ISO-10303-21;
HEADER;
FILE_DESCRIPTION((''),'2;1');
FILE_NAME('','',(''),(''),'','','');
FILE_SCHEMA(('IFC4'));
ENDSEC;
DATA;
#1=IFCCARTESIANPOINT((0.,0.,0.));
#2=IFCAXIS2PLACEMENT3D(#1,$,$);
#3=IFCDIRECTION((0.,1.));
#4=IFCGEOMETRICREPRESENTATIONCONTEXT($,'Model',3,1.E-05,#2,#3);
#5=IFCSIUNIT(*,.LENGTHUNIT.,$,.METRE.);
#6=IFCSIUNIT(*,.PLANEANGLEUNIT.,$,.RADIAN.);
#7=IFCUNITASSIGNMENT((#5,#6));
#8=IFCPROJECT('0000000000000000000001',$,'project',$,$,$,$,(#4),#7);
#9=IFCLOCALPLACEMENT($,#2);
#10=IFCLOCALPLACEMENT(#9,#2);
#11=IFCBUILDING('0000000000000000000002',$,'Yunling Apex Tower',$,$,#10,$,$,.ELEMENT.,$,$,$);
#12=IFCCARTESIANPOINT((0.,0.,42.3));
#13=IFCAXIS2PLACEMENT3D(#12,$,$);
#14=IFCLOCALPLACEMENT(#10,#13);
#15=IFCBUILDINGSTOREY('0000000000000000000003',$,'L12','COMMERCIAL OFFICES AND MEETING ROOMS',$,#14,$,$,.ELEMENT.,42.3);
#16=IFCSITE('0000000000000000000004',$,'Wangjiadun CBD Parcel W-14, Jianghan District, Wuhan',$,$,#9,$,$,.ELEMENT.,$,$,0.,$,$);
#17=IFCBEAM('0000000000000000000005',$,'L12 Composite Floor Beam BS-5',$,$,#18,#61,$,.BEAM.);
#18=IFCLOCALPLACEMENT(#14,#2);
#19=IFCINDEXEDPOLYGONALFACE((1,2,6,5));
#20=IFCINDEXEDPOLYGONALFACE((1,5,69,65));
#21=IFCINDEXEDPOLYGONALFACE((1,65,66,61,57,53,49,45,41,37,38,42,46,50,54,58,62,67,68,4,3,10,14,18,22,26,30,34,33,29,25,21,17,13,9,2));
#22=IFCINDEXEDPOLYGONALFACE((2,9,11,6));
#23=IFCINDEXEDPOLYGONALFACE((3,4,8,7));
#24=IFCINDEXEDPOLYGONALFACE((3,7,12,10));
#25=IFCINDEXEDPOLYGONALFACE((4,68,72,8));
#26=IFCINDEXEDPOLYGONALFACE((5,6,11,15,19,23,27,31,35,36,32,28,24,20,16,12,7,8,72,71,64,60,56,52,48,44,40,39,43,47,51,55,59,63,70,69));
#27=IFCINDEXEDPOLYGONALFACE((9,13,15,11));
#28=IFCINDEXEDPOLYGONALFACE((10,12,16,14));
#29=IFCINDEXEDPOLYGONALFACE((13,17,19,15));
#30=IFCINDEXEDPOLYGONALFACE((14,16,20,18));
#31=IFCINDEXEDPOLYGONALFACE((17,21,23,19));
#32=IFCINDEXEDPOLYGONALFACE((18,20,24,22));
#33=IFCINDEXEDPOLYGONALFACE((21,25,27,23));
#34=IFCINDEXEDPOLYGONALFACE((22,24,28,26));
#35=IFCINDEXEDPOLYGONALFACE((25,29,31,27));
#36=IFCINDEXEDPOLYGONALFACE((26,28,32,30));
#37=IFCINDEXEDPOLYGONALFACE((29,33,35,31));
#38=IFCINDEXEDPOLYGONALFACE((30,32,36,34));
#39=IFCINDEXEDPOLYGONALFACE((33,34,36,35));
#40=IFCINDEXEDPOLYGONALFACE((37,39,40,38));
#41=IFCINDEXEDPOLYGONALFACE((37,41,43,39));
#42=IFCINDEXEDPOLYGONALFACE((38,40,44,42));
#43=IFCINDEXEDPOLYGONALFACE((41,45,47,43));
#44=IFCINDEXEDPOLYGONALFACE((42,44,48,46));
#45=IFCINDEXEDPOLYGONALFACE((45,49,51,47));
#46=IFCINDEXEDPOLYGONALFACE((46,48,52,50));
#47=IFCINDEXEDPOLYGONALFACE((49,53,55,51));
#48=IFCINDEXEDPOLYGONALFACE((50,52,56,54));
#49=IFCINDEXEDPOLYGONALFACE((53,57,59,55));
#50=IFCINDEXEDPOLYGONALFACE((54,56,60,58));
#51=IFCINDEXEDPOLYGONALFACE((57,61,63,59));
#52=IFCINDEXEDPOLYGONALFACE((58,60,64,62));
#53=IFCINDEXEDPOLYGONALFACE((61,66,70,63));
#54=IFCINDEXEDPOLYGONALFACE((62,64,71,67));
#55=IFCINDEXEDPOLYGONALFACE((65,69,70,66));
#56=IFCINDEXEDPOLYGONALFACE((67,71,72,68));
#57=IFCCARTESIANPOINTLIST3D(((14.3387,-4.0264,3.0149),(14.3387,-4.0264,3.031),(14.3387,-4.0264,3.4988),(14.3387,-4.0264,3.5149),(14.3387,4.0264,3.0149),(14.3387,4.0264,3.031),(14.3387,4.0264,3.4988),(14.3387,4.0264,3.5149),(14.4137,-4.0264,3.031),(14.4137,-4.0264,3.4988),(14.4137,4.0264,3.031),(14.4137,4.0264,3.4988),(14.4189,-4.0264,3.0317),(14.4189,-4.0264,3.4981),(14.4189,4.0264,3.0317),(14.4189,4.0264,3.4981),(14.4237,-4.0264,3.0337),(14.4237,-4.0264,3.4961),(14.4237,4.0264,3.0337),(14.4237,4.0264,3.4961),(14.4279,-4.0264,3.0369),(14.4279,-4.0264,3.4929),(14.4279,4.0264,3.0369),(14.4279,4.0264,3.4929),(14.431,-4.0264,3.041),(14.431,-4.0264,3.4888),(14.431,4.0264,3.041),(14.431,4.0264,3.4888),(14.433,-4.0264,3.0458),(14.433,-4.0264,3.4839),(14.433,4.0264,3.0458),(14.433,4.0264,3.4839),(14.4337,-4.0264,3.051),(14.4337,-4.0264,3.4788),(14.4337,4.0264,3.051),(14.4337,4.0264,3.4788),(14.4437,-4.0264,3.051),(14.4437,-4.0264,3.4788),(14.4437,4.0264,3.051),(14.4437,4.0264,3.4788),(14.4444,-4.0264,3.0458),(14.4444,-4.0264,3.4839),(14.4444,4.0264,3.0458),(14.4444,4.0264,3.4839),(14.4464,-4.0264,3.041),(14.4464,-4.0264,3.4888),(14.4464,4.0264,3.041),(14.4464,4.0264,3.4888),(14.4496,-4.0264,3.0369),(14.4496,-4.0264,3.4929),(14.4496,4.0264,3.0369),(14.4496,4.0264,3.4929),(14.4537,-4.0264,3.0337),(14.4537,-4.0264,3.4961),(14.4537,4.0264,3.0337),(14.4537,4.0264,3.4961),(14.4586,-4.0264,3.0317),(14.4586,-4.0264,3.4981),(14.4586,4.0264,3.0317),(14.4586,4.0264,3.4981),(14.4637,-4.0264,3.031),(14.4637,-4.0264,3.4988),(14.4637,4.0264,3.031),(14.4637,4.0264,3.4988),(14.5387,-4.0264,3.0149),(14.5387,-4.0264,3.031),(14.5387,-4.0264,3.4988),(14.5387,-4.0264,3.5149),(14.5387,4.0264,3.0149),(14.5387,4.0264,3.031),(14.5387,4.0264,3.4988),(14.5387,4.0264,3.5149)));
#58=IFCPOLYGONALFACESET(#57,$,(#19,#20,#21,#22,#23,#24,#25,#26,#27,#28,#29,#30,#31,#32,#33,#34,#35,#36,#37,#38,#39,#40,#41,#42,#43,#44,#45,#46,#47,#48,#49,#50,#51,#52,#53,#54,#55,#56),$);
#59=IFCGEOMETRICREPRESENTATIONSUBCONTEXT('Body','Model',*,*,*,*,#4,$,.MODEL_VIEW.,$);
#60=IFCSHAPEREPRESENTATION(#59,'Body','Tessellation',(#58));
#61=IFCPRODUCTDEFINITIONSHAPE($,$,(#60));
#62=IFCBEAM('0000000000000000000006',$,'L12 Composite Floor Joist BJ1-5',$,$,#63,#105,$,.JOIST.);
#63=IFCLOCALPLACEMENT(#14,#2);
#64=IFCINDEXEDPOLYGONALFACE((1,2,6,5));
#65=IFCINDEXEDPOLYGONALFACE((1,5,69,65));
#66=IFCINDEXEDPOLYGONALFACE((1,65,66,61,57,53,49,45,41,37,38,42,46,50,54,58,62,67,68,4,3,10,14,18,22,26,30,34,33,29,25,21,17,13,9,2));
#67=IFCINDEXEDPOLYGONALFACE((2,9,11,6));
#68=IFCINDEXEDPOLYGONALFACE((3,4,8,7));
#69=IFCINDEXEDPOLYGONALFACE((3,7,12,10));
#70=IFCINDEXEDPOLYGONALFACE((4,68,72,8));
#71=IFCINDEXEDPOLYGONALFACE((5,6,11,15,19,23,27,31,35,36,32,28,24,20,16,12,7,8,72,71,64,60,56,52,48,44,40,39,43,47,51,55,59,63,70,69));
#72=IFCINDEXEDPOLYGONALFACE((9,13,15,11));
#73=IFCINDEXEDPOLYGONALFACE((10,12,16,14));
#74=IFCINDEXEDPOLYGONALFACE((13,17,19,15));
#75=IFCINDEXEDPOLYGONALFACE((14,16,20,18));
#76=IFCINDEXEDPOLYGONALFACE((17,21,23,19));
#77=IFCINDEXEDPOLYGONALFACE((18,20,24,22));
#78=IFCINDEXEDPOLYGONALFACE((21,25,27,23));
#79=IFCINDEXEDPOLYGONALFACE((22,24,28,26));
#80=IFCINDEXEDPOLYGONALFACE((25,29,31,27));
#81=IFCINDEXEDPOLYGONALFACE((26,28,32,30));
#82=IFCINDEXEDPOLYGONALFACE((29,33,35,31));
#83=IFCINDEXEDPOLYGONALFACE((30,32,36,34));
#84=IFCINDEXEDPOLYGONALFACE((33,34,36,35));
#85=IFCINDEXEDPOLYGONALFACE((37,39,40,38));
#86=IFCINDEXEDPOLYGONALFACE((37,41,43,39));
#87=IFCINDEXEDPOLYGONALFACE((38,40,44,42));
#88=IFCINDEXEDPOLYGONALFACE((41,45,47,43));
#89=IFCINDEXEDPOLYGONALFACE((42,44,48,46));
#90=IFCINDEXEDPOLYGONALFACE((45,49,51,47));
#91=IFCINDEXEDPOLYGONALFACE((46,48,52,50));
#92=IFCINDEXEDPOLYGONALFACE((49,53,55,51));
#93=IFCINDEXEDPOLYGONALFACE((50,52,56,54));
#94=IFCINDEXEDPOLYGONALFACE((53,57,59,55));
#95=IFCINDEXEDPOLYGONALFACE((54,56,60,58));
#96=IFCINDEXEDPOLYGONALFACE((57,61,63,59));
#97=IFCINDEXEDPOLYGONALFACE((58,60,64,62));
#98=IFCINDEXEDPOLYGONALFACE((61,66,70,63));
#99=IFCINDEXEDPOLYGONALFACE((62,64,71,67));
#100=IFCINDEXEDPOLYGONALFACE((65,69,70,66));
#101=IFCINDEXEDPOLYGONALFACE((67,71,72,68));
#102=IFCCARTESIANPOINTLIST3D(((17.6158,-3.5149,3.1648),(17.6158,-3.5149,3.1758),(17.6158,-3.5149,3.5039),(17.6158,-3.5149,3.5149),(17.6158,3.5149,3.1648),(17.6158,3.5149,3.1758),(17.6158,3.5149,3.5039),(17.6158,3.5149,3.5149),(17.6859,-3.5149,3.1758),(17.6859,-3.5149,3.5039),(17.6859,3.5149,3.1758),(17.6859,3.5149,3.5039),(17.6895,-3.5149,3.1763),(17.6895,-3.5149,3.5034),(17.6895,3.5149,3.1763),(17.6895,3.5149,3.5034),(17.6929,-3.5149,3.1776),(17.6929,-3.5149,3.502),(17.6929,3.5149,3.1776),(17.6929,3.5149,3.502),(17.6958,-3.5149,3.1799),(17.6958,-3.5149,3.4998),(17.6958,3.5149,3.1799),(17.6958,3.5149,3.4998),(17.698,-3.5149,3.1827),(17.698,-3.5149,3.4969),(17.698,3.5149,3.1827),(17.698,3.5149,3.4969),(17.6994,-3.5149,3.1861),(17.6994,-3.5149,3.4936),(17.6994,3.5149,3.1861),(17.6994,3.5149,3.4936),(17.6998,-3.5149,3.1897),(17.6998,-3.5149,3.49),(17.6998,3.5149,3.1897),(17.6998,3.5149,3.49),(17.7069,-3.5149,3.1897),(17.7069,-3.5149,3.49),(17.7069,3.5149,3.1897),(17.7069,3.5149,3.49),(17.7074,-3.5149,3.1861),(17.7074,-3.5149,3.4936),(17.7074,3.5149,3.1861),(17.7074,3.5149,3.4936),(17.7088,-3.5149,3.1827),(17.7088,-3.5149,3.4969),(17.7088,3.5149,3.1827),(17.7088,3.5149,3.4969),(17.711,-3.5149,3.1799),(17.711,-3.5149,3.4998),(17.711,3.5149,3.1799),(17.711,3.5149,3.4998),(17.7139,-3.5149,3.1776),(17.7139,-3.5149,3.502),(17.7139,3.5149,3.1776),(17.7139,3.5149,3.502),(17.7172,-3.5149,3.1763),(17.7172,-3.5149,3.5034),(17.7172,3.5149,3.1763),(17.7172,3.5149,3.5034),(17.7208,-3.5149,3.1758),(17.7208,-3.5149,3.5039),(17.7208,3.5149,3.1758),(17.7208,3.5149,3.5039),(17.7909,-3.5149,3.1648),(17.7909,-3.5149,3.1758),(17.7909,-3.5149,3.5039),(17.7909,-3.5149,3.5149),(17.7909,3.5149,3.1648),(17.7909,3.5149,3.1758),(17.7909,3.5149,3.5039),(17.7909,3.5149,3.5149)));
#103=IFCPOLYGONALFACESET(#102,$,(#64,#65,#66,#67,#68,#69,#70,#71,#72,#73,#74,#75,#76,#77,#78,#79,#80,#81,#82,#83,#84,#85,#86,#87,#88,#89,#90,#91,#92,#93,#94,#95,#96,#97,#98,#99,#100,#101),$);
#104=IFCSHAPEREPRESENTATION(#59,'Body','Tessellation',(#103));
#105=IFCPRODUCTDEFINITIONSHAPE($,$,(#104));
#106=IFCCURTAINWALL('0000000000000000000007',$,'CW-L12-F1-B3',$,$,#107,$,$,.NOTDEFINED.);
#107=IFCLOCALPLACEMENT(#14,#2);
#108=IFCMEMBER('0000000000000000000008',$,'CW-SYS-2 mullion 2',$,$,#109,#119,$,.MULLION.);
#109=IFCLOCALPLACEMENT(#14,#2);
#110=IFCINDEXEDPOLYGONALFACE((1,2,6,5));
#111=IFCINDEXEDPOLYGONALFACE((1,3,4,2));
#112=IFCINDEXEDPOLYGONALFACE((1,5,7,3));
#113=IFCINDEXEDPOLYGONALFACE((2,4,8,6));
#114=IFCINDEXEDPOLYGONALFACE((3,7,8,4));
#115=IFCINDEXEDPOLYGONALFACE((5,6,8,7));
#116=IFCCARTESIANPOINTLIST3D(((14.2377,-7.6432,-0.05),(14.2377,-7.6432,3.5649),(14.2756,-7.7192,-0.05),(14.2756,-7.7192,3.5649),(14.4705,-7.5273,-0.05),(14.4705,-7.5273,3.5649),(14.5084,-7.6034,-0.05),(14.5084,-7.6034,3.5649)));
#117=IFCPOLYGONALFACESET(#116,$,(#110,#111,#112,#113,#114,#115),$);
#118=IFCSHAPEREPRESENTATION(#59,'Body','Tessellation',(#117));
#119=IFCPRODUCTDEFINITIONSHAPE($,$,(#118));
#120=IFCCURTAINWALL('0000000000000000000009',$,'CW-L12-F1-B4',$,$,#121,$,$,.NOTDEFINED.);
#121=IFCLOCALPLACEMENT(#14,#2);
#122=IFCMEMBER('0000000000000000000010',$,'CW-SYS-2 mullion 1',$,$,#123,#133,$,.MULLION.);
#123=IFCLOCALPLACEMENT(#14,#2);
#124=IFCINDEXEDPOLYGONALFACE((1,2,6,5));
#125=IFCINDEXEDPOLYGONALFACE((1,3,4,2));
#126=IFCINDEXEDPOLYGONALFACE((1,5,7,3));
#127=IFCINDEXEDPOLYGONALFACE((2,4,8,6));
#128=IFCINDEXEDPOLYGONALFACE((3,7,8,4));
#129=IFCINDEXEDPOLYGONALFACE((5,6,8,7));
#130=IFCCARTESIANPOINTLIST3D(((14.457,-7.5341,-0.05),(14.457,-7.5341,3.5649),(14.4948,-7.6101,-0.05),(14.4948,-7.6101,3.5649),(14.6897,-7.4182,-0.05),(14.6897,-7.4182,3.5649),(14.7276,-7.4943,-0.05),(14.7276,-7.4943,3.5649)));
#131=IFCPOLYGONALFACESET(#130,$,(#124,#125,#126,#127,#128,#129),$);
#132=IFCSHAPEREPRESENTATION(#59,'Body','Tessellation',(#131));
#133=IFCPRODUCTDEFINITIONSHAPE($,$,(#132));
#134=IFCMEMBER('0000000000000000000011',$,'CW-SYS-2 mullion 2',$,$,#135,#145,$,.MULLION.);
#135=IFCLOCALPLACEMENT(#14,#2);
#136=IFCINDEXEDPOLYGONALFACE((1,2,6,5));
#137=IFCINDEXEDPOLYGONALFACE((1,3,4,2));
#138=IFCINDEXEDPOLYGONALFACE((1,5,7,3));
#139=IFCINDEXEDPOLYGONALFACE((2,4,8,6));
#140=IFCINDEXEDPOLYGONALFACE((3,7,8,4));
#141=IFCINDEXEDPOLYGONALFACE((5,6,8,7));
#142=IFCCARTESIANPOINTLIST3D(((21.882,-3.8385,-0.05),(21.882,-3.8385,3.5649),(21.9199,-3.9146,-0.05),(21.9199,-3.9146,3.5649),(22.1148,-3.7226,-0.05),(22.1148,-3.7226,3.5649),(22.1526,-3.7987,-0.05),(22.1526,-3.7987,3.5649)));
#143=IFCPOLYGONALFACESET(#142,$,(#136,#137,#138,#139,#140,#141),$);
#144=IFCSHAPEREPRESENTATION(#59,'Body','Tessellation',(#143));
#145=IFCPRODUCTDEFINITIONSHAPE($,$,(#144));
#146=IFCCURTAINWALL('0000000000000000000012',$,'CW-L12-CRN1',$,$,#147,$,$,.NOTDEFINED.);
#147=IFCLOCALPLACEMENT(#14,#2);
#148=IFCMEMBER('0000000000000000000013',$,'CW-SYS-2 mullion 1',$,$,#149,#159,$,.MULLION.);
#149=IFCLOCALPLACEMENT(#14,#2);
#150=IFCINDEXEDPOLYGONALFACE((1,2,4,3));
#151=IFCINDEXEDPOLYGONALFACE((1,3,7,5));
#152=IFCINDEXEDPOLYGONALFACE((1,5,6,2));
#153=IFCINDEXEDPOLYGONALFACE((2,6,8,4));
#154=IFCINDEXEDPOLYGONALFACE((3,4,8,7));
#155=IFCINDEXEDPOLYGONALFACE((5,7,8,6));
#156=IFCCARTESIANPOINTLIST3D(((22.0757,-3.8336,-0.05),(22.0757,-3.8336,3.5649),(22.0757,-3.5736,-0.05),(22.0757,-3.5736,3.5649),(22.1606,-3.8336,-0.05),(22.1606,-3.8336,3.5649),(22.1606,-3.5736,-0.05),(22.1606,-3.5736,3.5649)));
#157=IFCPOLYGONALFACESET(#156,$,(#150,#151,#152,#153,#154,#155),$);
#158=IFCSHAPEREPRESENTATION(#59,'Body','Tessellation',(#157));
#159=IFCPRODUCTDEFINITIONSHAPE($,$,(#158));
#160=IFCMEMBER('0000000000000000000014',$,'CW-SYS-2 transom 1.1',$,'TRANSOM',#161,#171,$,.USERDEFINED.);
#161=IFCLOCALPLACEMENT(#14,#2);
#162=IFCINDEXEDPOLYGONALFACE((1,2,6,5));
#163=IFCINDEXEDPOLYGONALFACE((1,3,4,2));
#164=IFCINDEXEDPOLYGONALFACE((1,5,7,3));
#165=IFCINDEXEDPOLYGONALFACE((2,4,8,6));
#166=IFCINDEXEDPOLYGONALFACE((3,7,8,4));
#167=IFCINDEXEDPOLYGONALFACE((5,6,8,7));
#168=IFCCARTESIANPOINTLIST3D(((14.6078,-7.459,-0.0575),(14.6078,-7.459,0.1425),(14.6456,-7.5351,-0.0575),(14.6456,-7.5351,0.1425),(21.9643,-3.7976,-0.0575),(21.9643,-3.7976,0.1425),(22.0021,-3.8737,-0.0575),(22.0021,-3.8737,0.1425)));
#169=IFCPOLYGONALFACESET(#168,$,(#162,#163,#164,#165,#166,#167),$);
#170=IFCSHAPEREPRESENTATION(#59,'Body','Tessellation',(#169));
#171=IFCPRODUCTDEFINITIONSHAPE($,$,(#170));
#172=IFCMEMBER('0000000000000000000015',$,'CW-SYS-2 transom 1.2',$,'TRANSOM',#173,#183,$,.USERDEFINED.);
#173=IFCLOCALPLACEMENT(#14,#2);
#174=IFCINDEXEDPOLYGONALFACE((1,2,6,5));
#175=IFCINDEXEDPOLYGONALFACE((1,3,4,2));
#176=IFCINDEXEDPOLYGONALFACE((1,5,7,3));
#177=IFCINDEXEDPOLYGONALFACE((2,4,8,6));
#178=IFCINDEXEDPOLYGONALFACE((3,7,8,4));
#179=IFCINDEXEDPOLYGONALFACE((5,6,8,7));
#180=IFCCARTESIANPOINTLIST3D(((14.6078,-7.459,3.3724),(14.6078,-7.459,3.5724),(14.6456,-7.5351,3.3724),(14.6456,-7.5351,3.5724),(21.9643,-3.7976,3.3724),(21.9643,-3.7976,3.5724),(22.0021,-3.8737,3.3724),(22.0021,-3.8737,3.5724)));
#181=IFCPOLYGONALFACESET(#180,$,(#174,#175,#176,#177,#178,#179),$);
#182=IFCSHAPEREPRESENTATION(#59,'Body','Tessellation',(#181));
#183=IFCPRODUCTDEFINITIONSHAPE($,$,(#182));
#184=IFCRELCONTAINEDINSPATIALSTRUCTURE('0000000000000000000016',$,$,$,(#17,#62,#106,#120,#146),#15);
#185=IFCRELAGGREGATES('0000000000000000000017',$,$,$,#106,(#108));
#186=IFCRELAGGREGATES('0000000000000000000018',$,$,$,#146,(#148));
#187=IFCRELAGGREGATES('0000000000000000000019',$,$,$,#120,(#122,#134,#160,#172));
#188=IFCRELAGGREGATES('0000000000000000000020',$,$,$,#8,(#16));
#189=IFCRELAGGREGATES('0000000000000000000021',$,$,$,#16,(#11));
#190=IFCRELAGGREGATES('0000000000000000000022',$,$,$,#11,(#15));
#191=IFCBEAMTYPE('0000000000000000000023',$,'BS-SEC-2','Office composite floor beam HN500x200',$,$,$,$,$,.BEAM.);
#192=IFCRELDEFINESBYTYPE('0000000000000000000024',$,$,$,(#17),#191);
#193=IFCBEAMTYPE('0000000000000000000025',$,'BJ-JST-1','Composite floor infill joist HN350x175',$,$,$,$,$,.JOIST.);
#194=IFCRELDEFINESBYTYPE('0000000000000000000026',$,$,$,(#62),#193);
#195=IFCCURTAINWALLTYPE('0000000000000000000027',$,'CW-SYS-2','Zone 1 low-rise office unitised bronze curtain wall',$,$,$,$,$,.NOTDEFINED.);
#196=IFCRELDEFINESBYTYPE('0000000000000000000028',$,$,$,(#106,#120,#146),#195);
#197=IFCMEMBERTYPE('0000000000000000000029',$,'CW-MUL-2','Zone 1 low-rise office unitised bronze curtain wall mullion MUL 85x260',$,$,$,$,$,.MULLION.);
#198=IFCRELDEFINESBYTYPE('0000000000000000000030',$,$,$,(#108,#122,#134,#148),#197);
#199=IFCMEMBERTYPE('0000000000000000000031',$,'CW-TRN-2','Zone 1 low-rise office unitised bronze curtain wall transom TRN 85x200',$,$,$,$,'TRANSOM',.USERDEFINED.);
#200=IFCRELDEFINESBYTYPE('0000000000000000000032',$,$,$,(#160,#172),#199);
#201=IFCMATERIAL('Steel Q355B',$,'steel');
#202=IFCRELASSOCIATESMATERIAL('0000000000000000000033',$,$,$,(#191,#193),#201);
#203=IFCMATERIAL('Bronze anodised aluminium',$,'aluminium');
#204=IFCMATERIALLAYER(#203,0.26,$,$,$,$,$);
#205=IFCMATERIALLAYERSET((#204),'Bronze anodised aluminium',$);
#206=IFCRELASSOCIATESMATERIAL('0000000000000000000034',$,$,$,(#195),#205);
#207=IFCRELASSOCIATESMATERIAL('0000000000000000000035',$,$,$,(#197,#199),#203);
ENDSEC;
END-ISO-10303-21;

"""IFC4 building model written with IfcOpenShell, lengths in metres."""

from ifc_helpers import new_model, si_unit, direction, frame, origin, origin_2d, place, context, subcontext, project, spatial, rectangle, i_section, extrude, source, transform, mapped, material, layer, layer_set, material_profile, profile_set, type_object, element, aggregate, save


model = new_model("IFC4")

# Units and contexts
model_context = context("Model", 3, precision=1e-05, world=origin(), true_north=direction((0.0, 1.0)))
body_context = subcontext(model_context, "Body", "Model", "MODEL_VIEW")
ifc_project = project(units=[si_unit("LENGTHUNIT", "METRE"), si_unit("PLANEANGLEUNIT", "RADIAN")], contexts=[model_context])

# Site, building, storey
site_placement = place(None, origin())
site = spatial("IfcSite", under=ifc_project, at=site_placement, Name="Wangjiadun CBD Parcel W-14, Jianghan District, Wuhan", CompositionType="ELEMENT", RefElevation=0.0)
building_placement = place(site_placement, origin())
building = spatial("IfcBuilding", under=site, at=building_placement, Name="Yunling Apex Tower", CompositionType="ELEMENT")
storey_placement = place(building_placement, frame((0.0, 0.0, 42.3)))
storey = spatial("IfcBuildingStorey", under=building, at=storey_placement, Name="L12", Description="COMMERCIAL OFFICES AND MEETING ROOMS", CompositionType="ELEMENT", Elevation=42.3)

# Beams
ifc_material_1 = material(Name="Steel Q355B", Category="steel")
ifc_material_profile_1 = material_profile(ifc_material_1, i_section(OverallWidth=0.2, OverallDepth=0.5, WebThickness=0.01, FlangeThickness=0.0161, FilletRadius=0.02, at=origin_2d()))
ifc_profile_set_1 = profile_set([ifc_material_profile_1], Name="Steel Q355B")
beam_type_1 = type_object("IfcBeamType", Name="BS-SEC-2", Description="Office composite floor beam HN500x200", PredefinedType="BEAM", material=ifc_profile_set_1)
shared_shape_1 = source(origin(), body_context, "Body", "SweptSolid", [
    extrude(i_section(OverallWidth=0.2, OverallDepth=0.5, WebThickness=0.01, FlangeThickness=0.0161, FilletRadius=0.02, at=origin_2d()), origin(), (0.0, 0.0, 1.0), 8.0527),
])
beam_1_placement = place(storey_placement, frame((14.4387, -4.0264, 3.2649), z_axis=(0.0, 1.0, 0.0), x_axis=(-1.0, 0.0, 0.0)))
element("IfcBeam", 1, at=beam_1_placement, inside=storey, type_object=beam_type_1, Name="L12 Composite Floor Beam BS-5", PredefinedType="BEAM", context=body_context, shape_type="MappedRepresentation", body=[
    mapped(shared_shape_1, transform((0.0, 0.0, 0.0), scale=1.0)),
])
ifc_material_profile_2 = material_profile(ifc_material_1, i_section(OverallWidth=0.175, OverallDepth=0.3501, WebThickness=0.0071, FlangeThickness=0.011, FilletRadius=0.0139, at=origin_2d()))
ifc_profile_set_2 = profile_set([ifc_material_profile_2], Name="Steel Q355B")
beam_type_2 = type_object("IfcBeamType", Name="BJ-JST-1", Description="Composite floor infill joist HN350x175", PredefinedType="JOIST", material=ifc_profile_set_2)
shared_shape_2 = source(origin(), body_context, "Body", "SweptSolid", [
    extrude(i_section(OverallWidth=0.175, OverallDepth=0.3501, WebThickness=0.0071, FlangeThickness=0.011, FilletRadius=0.0139, at=origin_2d()), origin(), (0.0, 0.0, 1.0), 7.0298),
])
beam_2_placement = place(storey_placement, frame((17.7034, -3.5149, 3.3398), z_axis=(0.0, 1.0, 0.0), x_axis=(-1.0, 0.0, 0.0)))
element("IfcBeam", 2, at=beam_2_placement, inside=storey, type_object=beam_type_2, Name="L12 Composite Floor Joist BJ1-5", PredefinedType="JOIST", context=body_context, shape_type="MappedRepresentation", body=[
    mapped(shared_shape_2, transform((0.0, 0.0, 0.0), scale=1.0)),
])

# Curtain wall, member
ifc_material_2 = material(Name="Bronze anodised aluminium", Category="aluminium")
ifc_layer_1 = layer(ifc_material_2, 0.26)
ifc_layer_set_1 = layer_set([ifc_layer_1], Name="Bronze anodised aluminium")
curtain_wall_type = type_object("IfcCurtainWallType", Name="CW-SYS-2", Description="Zone 1 low-rise office unitised bronze curtain wall", PredefinedType="NOTDEFINED", material=ifc_layer_set_1)
curtain_wall_1_placement = place(storey_placement, origin())
curtain_wall_1 = element("IfcCurtainWall", 3, at=curtain_wall_1_placement, inside=storey, type_object=curtain_wall_type, Name="CW-L12-F1-B3", PredefinedType="NOTDEFINED")
ifc_material_profile_3 = material_profile(ifc_material_2, rectangle(XDim=0.085, YDim=0.26, at=origin_2d()))
ifc_profile_set_3 = profile_set([ifc_material_profile_3], Name="Bronze anodised aluminium")
member_type_1 = type_object("IfcMemberType", Name="CW-MUL-2", Description="Zone 1 low-rise office unitised bronze curtain wall mullion MUL 85x260", PredefinedType="MULLION", material=ifc_profile_set_3)
shared_shape_3 = source(origin(), body_context, "Body", "SweptSolid", [
    extrude(rectangle(XDim=0.085, YDim=0.26, at=origin_2d()), origin(), (0.0, 0.0, 1.0), 3.615),
])
member_1_placement = place(storey_placement, frame((14.373, -7.6233, -0.05), z_axis=(0.0, 0.0, 1.0), x_axis=(-0.445571, 0.895247, 0.0)))
member_1 = element("IfcMember", 4, at=member_1_placement, type_object=member_type_1, Name="CW-SYS-2 mullion 2", PredefinedType="MULLION", context=body_context, shape_type="MappedRepresentation", body=[
    mapped(shared_shape_3, transform((0.0, 0.0, 0.0), scale=1.0)),
])
aggregate(curtain_wall_1, [member_1])

# Curtain wall, members
curtain_wall_2_placement = place(storey_placement, origin())
curtain_wall_2 = element("IfcCurtainWall", 5, at=curtain_wall_2_placement, inside=storey, type_object=curtain_wall_type, Name="CW-L12-F1-B4", PredefinedType="NOTDEFINED")
member_2_placement = place(storey_placement, frame((14.5923, -7.5142, -0.05), z_axis=(0.0, 0.0, 1.0), x_axis=(-0.44558, 0.895242, 0.0)))
member_2 = element("IfcMember", 6, at=member_2_placement, type_object=member_type_1, Name="CW-SYS-2 mullion 1", PredefinedType="MULLION", context=body_context, shape_type="MappedRepresentation", body=[
    mapped(shared_shape_3, transform((0.0, 0.0, 0.0), scale=1.0)),
])
member_3_placement = place(storey_placement, frame((22.0173, -3.8186, -0.05), z_axis=(0.0, 0.0, 1.0), x_axis=(-0.44558, 0.895242, 0.0)))
member_3 = element("IfcMember", 7, at=member_3_placement, type_object=member_type_1, Name="CW-SYS-2 mullion 2", PredefinedType="MULLION", context=body_context, shape_type="MappedRepresentation", body=[
    mapped(shared_shape_3, transform((0.0, 0.0, 0.0), scale=1.0)),
])

# Curtain wall, member
curtain_wall_3_placement = place(storey_placement, origin())
curtain_wall_3 = element("IfcCurtainWall", 8, at=curtain_wall_3_placement, inside=storey, type_object=curtain_wall_type, Name="CW-L12-CRN1", PredefinedType="NOTDEFINED")
member_4_placement = place(storey_placement, frame((22.1182, -3.7036, -0.05), z_axis=(0.0, 0.0, 1.0), x_axis=(-1.0, 0.0, 0.0)))
member_4 = element("IfcMember", 9, at=member_4_placement, type_object=member_type_1, Name="CW-SYS-2 mullion 1", PredefinedType="MULLION", context=body_context, shape_type="MappedRepresentation", body=[
    mapped(shared_shape_3, transform((0.0, 0.0, 0.0), scale=1.0)),
])

# Members
ifc_material_profile_4 = material_profile(ifc_material_2, rectangle(XDim=0.085, YDim=0.2, at=origin_2d()))
ifc_profile_set_4 = profile_set([ifc_material_profile_4], Name="Bronze anodised aluminium")
member_type_2 = type_object("IfcMemberType", Name="CW-TRN-2", Description="Zone 1 low-rise office unitised bronze curtain wall transom TRN 85x200", ElementType="TRANSOM", PredefinedType="USERDEFINED", material=ifc_profile_set_4)
shared_shape_4 = source(origin(), body_context, "Body", "SweptSolid", [
    extrude(rectangle(XDim=0.085, YDim=0.2, at=origin_2d()), origin(), (0.0, 0.0, 1.0), 8.2173),
])
member_5_placement = place(storey_placement, frame((14.6267, -7.4971, 0.0425), z_axis=(0.895246, 0.445573, 0.0), x_axis=(-0.445573, 0.895246, 0.0)))
member_5 = element("IfcMember", 10, at=member_5_placement, type_object=member_type_2, Name="CW-SYS-2 transom 1.1", ObjectType="TRANSOM", PredefinedType="USERDEFINED", context=body_context, shape_type="MappedRepresentation", body=[
    mapped(shared_shape_4, transform((0.0, 0.0, 0.0), scale=1.0)),
])
member_6_placement = place(storey_placement, frame((14.6267, -7.4971, 3.4724), z_axis=(0.895246, 0.445573, 0.0), x_axis=(-0.445573, 0.895246, 0.0)))
member_6 = element("IfcMember", 11, at=member_6_placement, type_object=member_type_2, Name="CW-SYS-2 transom 1.2", ObjectType="TRANSOM", PredefinedType="USERDEFINED", context=body_context, shape_type="MappedRepresentation", body=[
    mapped(shared_shape_4, transform((0.0, 0.0, 0.0), scale=1.0)),
])
aggregate(curtain_wall_3, [member_4])

aggregate(curtain_wall_2, [member_2, member_3, member_5, member_6])

save(model, "model.ifc")
